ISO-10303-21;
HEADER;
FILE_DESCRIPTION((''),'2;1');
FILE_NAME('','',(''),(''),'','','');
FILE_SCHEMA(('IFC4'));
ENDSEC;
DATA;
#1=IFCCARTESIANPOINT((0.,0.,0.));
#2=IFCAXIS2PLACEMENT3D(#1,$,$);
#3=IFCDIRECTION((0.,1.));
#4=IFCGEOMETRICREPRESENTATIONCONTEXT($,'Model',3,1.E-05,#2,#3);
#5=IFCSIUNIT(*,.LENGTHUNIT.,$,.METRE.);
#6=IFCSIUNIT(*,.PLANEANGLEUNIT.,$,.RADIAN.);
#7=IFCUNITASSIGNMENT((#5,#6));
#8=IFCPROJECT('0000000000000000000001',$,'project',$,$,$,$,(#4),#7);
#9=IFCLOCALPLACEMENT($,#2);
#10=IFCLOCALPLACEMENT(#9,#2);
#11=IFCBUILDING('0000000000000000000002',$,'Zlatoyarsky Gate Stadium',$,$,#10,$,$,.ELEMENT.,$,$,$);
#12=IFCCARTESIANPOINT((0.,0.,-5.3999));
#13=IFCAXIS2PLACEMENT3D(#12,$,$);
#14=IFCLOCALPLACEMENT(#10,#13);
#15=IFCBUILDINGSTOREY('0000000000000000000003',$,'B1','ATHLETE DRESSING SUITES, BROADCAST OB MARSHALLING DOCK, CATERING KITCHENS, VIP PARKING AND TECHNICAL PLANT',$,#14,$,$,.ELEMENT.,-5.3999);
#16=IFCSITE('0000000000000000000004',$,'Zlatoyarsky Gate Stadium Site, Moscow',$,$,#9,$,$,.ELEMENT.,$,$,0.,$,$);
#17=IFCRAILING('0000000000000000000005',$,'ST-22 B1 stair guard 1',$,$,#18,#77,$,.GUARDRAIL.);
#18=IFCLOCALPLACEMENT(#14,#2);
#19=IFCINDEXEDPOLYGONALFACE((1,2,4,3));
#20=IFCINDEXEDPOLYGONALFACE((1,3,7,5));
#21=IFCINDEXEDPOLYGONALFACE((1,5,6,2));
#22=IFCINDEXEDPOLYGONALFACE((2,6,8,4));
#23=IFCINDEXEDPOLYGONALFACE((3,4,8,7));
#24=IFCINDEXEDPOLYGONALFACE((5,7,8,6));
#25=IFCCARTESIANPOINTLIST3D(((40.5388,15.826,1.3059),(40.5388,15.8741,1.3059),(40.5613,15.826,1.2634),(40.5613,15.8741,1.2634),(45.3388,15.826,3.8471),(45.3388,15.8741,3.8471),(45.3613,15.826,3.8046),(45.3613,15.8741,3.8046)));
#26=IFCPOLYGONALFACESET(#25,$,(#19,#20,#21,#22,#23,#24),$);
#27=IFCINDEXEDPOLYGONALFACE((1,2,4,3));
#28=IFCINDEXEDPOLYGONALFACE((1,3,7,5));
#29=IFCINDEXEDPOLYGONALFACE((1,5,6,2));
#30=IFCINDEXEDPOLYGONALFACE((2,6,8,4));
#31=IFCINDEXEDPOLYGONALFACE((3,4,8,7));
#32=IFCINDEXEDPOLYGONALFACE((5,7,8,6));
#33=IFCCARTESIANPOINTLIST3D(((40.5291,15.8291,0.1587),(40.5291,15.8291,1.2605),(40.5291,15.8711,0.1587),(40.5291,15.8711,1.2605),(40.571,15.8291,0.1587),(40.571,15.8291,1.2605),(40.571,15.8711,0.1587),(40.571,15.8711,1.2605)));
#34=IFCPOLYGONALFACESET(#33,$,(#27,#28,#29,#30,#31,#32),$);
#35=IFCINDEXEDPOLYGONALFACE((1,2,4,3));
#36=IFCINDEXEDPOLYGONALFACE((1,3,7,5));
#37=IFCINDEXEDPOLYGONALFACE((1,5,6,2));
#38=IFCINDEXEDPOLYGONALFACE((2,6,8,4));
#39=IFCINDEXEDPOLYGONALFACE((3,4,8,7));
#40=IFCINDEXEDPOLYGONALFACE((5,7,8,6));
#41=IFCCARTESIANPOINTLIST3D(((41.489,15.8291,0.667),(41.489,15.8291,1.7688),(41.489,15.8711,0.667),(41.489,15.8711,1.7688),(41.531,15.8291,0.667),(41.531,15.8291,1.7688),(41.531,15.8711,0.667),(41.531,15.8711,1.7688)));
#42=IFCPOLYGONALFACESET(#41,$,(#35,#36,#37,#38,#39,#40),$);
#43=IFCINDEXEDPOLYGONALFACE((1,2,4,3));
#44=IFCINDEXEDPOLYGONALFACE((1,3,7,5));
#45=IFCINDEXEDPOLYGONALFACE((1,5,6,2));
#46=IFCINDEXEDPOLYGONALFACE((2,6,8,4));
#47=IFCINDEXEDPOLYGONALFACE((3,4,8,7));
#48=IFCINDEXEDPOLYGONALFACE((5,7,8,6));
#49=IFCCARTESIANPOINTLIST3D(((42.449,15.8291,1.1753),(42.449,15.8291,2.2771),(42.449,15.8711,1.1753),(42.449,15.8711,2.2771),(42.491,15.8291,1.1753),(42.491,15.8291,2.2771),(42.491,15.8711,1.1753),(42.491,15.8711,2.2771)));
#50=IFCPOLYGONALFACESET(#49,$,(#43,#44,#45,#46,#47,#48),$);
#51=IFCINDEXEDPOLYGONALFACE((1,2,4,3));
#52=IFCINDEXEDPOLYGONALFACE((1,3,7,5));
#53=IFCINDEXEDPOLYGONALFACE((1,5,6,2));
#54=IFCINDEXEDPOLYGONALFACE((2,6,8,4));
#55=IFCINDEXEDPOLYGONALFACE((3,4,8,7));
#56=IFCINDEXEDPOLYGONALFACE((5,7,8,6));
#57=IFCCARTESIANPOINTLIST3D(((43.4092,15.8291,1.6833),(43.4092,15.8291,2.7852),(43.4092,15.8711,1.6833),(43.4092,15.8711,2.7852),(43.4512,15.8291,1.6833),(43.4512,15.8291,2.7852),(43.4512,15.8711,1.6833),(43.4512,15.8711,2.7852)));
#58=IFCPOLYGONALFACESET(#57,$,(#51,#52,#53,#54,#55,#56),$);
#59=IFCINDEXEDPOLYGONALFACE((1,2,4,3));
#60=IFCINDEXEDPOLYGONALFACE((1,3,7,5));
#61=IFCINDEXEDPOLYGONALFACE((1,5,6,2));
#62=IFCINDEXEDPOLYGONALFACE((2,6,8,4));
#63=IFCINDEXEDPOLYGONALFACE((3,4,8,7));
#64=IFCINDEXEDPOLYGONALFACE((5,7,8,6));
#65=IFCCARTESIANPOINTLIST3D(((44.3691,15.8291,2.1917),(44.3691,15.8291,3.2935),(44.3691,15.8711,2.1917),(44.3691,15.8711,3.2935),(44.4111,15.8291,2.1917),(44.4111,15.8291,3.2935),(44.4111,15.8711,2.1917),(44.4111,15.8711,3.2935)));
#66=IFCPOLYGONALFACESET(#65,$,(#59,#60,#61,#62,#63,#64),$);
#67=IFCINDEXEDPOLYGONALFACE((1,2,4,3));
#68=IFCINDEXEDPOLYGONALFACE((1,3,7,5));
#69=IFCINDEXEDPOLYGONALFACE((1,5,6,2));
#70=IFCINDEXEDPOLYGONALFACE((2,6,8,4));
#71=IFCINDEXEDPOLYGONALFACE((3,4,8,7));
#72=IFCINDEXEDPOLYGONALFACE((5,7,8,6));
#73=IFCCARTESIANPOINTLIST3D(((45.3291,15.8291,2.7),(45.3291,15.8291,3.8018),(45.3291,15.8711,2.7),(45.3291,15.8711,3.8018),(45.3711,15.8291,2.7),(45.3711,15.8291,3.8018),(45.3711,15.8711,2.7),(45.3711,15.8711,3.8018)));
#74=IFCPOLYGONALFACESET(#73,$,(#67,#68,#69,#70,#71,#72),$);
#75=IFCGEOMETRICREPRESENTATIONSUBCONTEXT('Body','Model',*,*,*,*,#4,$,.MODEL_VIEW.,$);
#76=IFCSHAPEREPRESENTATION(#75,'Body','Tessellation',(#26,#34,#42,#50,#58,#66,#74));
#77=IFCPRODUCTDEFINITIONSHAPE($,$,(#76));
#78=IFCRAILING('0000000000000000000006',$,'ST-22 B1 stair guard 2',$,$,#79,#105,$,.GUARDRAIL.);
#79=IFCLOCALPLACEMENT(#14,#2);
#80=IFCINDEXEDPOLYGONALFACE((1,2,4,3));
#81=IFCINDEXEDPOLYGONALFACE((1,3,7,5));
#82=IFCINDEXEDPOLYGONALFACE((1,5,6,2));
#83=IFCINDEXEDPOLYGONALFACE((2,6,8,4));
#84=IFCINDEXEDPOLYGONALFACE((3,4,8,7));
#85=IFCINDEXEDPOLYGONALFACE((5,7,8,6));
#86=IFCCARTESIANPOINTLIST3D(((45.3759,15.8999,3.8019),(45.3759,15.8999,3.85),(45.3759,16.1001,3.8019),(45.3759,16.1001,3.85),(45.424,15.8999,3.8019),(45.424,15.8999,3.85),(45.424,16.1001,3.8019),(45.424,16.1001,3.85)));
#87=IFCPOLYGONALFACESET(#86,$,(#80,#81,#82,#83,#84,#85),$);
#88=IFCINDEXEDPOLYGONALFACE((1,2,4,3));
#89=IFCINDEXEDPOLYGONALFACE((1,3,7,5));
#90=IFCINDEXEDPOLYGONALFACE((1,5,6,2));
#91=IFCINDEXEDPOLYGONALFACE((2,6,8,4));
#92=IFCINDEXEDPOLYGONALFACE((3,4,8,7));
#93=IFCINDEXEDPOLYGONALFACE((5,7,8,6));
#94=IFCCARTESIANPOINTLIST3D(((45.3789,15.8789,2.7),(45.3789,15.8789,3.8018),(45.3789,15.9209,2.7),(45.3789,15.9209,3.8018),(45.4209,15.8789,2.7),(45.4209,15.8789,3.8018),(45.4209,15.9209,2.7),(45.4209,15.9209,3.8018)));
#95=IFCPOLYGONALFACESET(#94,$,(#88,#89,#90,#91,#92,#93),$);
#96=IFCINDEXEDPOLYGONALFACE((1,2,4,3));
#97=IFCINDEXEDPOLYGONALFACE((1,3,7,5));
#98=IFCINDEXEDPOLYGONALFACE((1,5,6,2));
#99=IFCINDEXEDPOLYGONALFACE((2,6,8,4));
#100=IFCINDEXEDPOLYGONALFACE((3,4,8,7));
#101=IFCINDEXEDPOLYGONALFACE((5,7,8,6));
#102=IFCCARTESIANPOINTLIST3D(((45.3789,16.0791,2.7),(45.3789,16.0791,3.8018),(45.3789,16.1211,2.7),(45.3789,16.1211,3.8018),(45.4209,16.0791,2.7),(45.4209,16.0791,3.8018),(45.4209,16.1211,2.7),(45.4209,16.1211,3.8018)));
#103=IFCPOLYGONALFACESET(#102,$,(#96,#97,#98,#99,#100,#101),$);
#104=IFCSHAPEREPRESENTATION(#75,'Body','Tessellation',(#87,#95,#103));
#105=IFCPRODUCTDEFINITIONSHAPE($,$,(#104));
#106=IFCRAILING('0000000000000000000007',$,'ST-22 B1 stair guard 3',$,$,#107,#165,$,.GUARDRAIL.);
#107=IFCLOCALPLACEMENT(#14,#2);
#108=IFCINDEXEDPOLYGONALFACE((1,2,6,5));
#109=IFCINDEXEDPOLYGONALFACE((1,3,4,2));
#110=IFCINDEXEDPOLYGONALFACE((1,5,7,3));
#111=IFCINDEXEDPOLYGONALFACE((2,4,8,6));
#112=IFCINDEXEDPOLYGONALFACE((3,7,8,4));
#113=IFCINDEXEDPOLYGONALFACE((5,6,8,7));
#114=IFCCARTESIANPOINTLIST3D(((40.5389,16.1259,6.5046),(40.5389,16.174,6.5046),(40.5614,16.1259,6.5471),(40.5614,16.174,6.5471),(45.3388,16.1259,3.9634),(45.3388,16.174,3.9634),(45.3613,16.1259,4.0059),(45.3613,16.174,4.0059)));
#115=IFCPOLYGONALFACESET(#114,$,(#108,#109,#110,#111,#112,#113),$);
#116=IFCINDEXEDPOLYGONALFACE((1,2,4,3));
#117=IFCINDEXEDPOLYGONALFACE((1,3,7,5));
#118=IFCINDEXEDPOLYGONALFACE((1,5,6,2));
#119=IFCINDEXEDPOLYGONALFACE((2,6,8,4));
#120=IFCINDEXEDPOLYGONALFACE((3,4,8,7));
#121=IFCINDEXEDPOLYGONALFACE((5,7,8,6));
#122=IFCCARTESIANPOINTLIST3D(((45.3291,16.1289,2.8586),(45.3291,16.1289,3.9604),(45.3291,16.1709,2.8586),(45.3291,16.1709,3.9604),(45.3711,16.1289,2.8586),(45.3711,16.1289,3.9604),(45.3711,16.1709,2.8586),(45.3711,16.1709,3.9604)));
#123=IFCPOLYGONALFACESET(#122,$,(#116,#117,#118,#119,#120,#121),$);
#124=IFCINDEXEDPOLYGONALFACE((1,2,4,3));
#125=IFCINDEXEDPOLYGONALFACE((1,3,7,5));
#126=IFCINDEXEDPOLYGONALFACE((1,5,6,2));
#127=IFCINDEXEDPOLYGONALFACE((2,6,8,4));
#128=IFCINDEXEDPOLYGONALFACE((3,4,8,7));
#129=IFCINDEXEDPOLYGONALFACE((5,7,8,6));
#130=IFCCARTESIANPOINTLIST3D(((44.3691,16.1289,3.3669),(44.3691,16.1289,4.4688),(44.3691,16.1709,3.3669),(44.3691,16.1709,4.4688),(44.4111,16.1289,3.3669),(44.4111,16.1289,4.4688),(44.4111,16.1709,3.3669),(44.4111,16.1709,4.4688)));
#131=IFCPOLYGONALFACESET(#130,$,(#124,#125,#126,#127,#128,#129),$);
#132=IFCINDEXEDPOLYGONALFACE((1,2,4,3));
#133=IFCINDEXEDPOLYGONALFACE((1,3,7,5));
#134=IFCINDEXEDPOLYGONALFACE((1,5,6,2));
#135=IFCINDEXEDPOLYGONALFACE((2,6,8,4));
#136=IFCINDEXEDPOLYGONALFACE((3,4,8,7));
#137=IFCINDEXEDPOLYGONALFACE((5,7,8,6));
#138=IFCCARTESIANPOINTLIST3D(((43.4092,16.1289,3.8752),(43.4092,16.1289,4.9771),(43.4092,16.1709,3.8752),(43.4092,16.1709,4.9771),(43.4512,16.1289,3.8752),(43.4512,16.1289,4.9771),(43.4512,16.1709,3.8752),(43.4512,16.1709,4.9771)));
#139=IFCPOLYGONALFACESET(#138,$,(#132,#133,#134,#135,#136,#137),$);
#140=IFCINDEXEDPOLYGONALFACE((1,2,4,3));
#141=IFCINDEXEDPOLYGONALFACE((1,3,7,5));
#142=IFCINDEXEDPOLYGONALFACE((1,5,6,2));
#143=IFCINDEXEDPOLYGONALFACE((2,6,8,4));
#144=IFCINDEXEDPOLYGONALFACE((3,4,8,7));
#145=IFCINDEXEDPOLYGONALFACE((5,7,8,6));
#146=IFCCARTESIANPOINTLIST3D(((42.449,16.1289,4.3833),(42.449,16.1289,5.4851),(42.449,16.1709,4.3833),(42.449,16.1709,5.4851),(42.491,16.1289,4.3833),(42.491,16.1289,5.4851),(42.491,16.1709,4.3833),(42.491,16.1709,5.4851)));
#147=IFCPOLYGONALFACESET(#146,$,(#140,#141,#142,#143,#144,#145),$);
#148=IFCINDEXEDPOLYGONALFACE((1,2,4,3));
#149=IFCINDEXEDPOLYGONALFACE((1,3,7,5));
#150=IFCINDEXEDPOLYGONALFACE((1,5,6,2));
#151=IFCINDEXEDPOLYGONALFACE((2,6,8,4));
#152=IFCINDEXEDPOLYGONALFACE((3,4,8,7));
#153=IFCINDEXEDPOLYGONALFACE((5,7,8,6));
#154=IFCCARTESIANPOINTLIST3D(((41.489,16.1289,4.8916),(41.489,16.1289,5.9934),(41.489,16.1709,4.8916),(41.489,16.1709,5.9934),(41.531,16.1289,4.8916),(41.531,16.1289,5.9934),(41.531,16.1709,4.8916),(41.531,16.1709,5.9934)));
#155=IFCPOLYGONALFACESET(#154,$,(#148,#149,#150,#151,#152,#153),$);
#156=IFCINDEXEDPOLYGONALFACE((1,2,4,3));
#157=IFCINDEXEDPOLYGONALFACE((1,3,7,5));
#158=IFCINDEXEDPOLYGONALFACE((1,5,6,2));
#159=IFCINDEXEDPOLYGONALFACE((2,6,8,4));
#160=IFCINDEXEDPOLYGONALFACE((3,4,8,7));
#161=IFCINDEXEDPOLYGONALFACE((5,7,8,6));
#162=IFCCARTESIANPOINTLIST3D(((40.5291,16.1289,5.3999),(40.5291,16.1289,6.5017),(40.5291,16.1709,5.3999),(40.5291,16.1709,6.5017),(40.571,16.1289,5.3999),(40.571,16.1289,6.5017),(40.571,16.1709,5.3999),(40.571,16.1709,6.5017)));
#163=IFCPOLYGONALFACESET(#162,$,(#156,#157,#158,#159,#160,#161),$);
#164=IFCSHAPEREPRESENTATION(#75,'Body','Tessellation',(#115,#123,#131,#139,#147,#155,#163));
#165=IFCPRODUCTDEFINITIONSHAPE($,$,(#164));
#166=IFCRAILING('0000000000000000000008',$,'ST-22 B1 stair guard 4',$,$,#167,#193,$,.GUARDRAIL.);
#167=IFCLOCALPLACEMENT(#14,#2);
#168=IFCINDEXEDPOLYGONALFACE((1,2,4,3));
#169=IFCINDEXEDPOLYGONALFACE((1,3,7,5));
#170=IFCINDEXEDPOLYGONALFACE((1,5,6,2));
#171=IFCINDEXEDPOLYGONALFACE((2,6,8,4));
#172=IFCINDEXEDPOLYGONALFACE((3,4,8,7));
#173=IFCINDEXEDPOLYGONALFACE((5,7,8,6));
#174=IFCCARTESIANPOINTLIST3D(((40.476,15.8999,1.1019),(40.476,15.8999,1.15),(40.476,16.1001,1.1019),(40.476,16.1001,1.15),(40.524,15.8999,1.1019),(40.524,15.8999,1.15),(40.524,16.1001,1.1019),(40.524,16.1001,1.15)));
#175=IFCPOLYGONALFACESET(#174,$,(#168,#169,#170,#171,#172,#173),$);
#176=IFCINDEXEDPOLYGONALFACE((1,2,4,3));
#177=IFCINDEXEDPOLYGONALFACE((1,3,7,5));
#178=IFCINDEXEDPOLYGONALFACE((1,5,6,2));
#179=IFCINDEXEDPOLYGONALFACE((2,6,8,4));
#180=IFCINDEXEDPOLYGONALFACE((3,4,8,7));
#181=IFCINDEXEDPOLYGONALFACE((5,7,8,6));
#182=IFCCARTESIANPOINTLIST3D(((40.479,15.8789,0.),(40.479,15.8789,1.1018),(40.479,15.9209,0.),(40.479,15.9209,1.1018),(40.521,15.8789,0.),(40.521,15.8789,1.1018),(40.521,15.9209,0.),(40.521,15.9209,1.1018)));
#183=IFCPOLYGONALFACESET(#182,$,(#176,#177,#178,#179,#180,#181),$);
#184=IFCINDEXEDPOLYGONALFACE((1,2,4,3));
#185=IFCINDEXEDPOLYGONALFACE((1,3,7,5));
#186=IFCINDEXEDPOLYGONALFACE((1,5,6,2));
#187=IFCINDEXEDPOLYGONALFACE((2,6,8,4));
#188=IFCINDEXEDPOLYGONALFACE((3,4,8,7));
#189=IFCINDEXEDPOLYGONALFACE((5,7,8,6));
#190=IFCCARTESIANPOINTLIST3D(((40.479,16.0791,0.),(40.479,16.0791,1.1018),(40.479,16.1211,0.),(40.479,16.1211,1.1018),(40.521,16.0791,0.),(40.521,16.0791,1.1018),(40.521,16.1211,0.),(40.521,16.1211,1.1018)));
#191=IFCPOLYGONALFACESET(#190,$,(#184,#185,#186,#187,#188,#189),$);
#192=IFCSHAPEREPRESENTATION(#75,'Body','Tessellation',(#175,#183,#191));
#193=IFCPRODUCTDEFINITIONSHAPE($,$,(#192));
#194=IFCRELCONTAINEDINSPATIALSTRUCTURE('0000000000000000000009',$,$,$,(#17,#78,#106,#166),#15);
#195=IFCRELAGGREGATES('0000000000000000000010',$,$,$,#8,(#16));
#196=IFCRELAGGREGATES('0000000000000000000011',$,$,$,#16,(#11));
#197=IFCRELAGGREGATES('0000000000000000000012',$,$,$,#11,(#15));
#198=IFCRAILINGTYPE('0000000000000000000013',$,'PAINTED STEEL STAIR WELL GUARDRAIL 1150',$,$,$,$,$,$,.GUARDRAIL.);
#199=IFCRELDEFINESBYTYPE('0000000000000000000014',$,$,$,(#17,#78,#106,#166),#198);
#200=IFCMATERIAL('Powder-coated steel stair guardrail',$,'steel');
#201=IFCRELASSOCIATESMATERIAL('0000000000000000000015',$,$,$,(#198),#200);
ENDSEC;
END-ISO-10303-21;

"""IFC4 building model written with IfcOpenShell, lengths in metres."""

from ifc_helpers import new_model, si_unit, direction, frame, origin, origin_2d, place, context, subcontext, project, spatial, rectangle, extrude, material, type_object, element, save


model = new_model("IFC4")

# Units and contexts
model_context = context("Model", 3, precision=1e-05, world=origin(), true_north=direction((0.0, 1.0)))
body_context = subcontext(model_context, "Body", "Model", "MODEL_VIEW")
ifc_project = project(units=[si_unit("LENGTHUNIT", "METRE"), si_unit("PLANEANGLEUNIT", "RADIAN")], contexts=[model_context])

# Site, building, storey
site_placement = place(None, origin())
site = spatial("IfcSite", under=ifc_project, at=site_placement, Name="Zlatoyarsky Gate Stadium Site, Moscow", CompositionType="ELEMENT", RefElevation=0.0)
building_placement = place(site_placement, origin())
building = spatial("IfcBuilding", under=site, at=building_placement, Name="Zlatoyarsky Gate Stadium", CompositionType="ELEMENT")
storey_placement = place(building_placement, frame((0.0, 0.0, -5.3999)))
storey = spatial("IfcBuildingStorey", under=building, at=storey_placement, Name="B1", Description="ATHLETE DRESSING SUITES, BROADCAST OB MARSHALLING DOCK, CATERING KITCHENS, VIP PARKING AND TECHNICAL PLANT", CompositionType="ELEMENT", Elevation=-5.3999)

# Railings
ifc_material_1 = material(Name="Powder-coated steel stair guardrail", Category="steel")
railing_type_1 = type_object("IfcRailingType", Name="PAINTED STEEL STAIR WELL GUARDRAIL 1150", PredefinedType="GUARDRAIL", material=ifc_material_1)
railing_1_placement = place(storey_placement, frame((40.55, 15.8501, 0.1587)))
element("IfcRailing", 1, at=railing_1_placement, inside=storey, type_object=railing_type_1, Name="ST-22 B1 stair guard 1", PredefinedType="GUARDRAIL", context=body_context, shape_type="SweptSolid", body=[
    extrude(rectangle(XDim=0.0481, YDim=0.0481, at=origin_2d()), frame((0.0, 0.0, 1.126), z_axis=(0.883784, 0.0, 0.467896), x_axis=(0.0, 1.0, 0.0)), (0.0, 0.0, 1.0), 5.4312),
    extrude(rectangle(XDim=0.042, YDim=0.042, at=origin_2d()), origin(), (0.0, 0.0, 1.0), 1.1018),
    extrude(rectangle(XDim=0.042, YDim=0.042, at=origin_2d()), frame((0.96, 0.0, 0.5083)), (0.0, 0.0, 1.0), 1.1018),
    extrude(rectangle(XDim=0.042, YDim=0.042, at=origin_2d()), frame((1.9199, 0.0, 1.0166)), (0.0, 0.0, 1.0), 1.1018),
    extrude(rectangle(XDim=0.042, YDim=0.042, at=origin_2d()), frame((2.8801, 0.0, 1.5247)), (0.0, 0.0, 1.0), 1.1018),
    extrude(rectangle(XDim=0.042, YDim=0.042, at=origin_2d()), frame((3.8401, 0.0, 2.033)), (0.0, 0.0, 1.0), 1.1018),
    extrude(rectangle(XDim=0.042, YDim=0.042, at=origin_2d()), frame((4.8, 0.0, 2.5413)), (0.0, 0.0, 1.0), 1.1018),
])
railing_2_placement = place(storey_placement, frame((45.3999, 15.8999, 2.7)))
element("IfcRailing", 2, at=railing_2_placement, inside=storey, type_object=railing_type_1, Name="ST-22 B1 stair guard 2", PredefinedType="GUARDRAIL", context=body_context, shape_type="SweptSolid", body=[
    extrude(rectangle(XDim=0.0481, YDim=0.0481, at=origin_2d()), frame((0.0, 0.0, 1.126), z_axis=(0.0, 1.0, 0.0), x_axis=(-1.0, 0.0, 0.0)), (0.0, 0.0, 1.0), 0.2002),
    extrude(rectangle(XDim=0.042, YDim=0.042, at=origin_2d()), origin(), (0.0, 0.0, 1.0), 1.1018),
    extrude(rectangle(XDim=0.042, YDim=0.042, at=origin_2d()), frame((0.0, 0.2002, 0.0)), (0.0, 0.0, 1.0), 1.1018),
])
railing_3_placement = place(storey_placement, frame((45.3501, 16.1499, 2.8586)))
element("IfcRailing", 3, at=railing_3_placement, inside=storey, type_object=railing_type_1, Name="ST-22 B1 stair guard 3", PredefinedType="GUARDRAIL", context=body_context, shape_type="SweptSolid", body=[
    extrude(rectangle(XDim=0.0481, YDim=0.0481, at=origin_2d()), frame((0.0, 0.0, 1.126), z_axis=(-0.883784, 0.0, 0.467896), x_axis=(0.0, -1.0, 0.0)), (0.0, 0.0, 1.0), 5.4312),
    extrude(rectangle(XDim=0.042, YDim=0.042, at=origin_2d()), origin(), (0.0, 0.0, 1.0), 1.1018),
    extrude(rectangle(XDim=0.042, YDim=0.042, at=origin_2d()), frame((-0.96, 0.0, 0.5083)), (0.0, 0.0, 1.0), 1.1018),
    extrude(rectangle(XDim=0.042, YDim=0.042, at=origin_2d()), frame((-1.9199, 0.0, 1.0166)), (0.0, 0.0, 1.0), 1.1018),
    extrude(rectangle(XDim=0.042, YDim=0.042, at=origin_2d()), frame((-2.8801, 0.0, 1.5247)), (0.0, 0.0, 1.0), 1.1018),
    extrude(rectangle(XDim=0.042, YDim=0.042, at=origin_2d()), frame((-3.8401, 0.0, 2.033)), (0.0, 0.0, 1.0), 1.1018),
    extrude(rectangle(XDim=0.042, YDim=0.042, at=origin_2d()), frame((-4.8, 0.0, 2.5413)), (0.0, 0.0, 1.0), 1.1018),
])
railing_4_placement = place(storey_placement, frame((40.5, 15.8999, 0.0)))
element("IfcRailing", 4, at=railing_4_placement, inside=storey, type_object=railing_type_1, Name="ST-22 B1 stair guard 4", PredefinedType="GUARDRAIL", context=body_context, shape_type="SweptSolid", body=[
    extrude(rectangle(XDim=0.0481, YDim=0.0481, at=origin_2d()), frame((0.0, 0.0, 1.126), z_axis=(0.0, 1.0, 0.0), x_axis=(-1.0, 0.0, 0.0)), (0.0, 0.0, 1.0), 0.2002),
    extrude(rectangle(XDim=0.042, YDim=0.042, at=origin_2d()), origin(), (0.0, 0.0, 1.0), 1.1018),
    extrude(rectangle(XDim=0.042, YDim=0.042, at=origin_2d()), frame((0.0, 0.2002, 0.0)), (0.0, 0.0, 1.0), 1.1018),
])

save(model, "model.ifc")
